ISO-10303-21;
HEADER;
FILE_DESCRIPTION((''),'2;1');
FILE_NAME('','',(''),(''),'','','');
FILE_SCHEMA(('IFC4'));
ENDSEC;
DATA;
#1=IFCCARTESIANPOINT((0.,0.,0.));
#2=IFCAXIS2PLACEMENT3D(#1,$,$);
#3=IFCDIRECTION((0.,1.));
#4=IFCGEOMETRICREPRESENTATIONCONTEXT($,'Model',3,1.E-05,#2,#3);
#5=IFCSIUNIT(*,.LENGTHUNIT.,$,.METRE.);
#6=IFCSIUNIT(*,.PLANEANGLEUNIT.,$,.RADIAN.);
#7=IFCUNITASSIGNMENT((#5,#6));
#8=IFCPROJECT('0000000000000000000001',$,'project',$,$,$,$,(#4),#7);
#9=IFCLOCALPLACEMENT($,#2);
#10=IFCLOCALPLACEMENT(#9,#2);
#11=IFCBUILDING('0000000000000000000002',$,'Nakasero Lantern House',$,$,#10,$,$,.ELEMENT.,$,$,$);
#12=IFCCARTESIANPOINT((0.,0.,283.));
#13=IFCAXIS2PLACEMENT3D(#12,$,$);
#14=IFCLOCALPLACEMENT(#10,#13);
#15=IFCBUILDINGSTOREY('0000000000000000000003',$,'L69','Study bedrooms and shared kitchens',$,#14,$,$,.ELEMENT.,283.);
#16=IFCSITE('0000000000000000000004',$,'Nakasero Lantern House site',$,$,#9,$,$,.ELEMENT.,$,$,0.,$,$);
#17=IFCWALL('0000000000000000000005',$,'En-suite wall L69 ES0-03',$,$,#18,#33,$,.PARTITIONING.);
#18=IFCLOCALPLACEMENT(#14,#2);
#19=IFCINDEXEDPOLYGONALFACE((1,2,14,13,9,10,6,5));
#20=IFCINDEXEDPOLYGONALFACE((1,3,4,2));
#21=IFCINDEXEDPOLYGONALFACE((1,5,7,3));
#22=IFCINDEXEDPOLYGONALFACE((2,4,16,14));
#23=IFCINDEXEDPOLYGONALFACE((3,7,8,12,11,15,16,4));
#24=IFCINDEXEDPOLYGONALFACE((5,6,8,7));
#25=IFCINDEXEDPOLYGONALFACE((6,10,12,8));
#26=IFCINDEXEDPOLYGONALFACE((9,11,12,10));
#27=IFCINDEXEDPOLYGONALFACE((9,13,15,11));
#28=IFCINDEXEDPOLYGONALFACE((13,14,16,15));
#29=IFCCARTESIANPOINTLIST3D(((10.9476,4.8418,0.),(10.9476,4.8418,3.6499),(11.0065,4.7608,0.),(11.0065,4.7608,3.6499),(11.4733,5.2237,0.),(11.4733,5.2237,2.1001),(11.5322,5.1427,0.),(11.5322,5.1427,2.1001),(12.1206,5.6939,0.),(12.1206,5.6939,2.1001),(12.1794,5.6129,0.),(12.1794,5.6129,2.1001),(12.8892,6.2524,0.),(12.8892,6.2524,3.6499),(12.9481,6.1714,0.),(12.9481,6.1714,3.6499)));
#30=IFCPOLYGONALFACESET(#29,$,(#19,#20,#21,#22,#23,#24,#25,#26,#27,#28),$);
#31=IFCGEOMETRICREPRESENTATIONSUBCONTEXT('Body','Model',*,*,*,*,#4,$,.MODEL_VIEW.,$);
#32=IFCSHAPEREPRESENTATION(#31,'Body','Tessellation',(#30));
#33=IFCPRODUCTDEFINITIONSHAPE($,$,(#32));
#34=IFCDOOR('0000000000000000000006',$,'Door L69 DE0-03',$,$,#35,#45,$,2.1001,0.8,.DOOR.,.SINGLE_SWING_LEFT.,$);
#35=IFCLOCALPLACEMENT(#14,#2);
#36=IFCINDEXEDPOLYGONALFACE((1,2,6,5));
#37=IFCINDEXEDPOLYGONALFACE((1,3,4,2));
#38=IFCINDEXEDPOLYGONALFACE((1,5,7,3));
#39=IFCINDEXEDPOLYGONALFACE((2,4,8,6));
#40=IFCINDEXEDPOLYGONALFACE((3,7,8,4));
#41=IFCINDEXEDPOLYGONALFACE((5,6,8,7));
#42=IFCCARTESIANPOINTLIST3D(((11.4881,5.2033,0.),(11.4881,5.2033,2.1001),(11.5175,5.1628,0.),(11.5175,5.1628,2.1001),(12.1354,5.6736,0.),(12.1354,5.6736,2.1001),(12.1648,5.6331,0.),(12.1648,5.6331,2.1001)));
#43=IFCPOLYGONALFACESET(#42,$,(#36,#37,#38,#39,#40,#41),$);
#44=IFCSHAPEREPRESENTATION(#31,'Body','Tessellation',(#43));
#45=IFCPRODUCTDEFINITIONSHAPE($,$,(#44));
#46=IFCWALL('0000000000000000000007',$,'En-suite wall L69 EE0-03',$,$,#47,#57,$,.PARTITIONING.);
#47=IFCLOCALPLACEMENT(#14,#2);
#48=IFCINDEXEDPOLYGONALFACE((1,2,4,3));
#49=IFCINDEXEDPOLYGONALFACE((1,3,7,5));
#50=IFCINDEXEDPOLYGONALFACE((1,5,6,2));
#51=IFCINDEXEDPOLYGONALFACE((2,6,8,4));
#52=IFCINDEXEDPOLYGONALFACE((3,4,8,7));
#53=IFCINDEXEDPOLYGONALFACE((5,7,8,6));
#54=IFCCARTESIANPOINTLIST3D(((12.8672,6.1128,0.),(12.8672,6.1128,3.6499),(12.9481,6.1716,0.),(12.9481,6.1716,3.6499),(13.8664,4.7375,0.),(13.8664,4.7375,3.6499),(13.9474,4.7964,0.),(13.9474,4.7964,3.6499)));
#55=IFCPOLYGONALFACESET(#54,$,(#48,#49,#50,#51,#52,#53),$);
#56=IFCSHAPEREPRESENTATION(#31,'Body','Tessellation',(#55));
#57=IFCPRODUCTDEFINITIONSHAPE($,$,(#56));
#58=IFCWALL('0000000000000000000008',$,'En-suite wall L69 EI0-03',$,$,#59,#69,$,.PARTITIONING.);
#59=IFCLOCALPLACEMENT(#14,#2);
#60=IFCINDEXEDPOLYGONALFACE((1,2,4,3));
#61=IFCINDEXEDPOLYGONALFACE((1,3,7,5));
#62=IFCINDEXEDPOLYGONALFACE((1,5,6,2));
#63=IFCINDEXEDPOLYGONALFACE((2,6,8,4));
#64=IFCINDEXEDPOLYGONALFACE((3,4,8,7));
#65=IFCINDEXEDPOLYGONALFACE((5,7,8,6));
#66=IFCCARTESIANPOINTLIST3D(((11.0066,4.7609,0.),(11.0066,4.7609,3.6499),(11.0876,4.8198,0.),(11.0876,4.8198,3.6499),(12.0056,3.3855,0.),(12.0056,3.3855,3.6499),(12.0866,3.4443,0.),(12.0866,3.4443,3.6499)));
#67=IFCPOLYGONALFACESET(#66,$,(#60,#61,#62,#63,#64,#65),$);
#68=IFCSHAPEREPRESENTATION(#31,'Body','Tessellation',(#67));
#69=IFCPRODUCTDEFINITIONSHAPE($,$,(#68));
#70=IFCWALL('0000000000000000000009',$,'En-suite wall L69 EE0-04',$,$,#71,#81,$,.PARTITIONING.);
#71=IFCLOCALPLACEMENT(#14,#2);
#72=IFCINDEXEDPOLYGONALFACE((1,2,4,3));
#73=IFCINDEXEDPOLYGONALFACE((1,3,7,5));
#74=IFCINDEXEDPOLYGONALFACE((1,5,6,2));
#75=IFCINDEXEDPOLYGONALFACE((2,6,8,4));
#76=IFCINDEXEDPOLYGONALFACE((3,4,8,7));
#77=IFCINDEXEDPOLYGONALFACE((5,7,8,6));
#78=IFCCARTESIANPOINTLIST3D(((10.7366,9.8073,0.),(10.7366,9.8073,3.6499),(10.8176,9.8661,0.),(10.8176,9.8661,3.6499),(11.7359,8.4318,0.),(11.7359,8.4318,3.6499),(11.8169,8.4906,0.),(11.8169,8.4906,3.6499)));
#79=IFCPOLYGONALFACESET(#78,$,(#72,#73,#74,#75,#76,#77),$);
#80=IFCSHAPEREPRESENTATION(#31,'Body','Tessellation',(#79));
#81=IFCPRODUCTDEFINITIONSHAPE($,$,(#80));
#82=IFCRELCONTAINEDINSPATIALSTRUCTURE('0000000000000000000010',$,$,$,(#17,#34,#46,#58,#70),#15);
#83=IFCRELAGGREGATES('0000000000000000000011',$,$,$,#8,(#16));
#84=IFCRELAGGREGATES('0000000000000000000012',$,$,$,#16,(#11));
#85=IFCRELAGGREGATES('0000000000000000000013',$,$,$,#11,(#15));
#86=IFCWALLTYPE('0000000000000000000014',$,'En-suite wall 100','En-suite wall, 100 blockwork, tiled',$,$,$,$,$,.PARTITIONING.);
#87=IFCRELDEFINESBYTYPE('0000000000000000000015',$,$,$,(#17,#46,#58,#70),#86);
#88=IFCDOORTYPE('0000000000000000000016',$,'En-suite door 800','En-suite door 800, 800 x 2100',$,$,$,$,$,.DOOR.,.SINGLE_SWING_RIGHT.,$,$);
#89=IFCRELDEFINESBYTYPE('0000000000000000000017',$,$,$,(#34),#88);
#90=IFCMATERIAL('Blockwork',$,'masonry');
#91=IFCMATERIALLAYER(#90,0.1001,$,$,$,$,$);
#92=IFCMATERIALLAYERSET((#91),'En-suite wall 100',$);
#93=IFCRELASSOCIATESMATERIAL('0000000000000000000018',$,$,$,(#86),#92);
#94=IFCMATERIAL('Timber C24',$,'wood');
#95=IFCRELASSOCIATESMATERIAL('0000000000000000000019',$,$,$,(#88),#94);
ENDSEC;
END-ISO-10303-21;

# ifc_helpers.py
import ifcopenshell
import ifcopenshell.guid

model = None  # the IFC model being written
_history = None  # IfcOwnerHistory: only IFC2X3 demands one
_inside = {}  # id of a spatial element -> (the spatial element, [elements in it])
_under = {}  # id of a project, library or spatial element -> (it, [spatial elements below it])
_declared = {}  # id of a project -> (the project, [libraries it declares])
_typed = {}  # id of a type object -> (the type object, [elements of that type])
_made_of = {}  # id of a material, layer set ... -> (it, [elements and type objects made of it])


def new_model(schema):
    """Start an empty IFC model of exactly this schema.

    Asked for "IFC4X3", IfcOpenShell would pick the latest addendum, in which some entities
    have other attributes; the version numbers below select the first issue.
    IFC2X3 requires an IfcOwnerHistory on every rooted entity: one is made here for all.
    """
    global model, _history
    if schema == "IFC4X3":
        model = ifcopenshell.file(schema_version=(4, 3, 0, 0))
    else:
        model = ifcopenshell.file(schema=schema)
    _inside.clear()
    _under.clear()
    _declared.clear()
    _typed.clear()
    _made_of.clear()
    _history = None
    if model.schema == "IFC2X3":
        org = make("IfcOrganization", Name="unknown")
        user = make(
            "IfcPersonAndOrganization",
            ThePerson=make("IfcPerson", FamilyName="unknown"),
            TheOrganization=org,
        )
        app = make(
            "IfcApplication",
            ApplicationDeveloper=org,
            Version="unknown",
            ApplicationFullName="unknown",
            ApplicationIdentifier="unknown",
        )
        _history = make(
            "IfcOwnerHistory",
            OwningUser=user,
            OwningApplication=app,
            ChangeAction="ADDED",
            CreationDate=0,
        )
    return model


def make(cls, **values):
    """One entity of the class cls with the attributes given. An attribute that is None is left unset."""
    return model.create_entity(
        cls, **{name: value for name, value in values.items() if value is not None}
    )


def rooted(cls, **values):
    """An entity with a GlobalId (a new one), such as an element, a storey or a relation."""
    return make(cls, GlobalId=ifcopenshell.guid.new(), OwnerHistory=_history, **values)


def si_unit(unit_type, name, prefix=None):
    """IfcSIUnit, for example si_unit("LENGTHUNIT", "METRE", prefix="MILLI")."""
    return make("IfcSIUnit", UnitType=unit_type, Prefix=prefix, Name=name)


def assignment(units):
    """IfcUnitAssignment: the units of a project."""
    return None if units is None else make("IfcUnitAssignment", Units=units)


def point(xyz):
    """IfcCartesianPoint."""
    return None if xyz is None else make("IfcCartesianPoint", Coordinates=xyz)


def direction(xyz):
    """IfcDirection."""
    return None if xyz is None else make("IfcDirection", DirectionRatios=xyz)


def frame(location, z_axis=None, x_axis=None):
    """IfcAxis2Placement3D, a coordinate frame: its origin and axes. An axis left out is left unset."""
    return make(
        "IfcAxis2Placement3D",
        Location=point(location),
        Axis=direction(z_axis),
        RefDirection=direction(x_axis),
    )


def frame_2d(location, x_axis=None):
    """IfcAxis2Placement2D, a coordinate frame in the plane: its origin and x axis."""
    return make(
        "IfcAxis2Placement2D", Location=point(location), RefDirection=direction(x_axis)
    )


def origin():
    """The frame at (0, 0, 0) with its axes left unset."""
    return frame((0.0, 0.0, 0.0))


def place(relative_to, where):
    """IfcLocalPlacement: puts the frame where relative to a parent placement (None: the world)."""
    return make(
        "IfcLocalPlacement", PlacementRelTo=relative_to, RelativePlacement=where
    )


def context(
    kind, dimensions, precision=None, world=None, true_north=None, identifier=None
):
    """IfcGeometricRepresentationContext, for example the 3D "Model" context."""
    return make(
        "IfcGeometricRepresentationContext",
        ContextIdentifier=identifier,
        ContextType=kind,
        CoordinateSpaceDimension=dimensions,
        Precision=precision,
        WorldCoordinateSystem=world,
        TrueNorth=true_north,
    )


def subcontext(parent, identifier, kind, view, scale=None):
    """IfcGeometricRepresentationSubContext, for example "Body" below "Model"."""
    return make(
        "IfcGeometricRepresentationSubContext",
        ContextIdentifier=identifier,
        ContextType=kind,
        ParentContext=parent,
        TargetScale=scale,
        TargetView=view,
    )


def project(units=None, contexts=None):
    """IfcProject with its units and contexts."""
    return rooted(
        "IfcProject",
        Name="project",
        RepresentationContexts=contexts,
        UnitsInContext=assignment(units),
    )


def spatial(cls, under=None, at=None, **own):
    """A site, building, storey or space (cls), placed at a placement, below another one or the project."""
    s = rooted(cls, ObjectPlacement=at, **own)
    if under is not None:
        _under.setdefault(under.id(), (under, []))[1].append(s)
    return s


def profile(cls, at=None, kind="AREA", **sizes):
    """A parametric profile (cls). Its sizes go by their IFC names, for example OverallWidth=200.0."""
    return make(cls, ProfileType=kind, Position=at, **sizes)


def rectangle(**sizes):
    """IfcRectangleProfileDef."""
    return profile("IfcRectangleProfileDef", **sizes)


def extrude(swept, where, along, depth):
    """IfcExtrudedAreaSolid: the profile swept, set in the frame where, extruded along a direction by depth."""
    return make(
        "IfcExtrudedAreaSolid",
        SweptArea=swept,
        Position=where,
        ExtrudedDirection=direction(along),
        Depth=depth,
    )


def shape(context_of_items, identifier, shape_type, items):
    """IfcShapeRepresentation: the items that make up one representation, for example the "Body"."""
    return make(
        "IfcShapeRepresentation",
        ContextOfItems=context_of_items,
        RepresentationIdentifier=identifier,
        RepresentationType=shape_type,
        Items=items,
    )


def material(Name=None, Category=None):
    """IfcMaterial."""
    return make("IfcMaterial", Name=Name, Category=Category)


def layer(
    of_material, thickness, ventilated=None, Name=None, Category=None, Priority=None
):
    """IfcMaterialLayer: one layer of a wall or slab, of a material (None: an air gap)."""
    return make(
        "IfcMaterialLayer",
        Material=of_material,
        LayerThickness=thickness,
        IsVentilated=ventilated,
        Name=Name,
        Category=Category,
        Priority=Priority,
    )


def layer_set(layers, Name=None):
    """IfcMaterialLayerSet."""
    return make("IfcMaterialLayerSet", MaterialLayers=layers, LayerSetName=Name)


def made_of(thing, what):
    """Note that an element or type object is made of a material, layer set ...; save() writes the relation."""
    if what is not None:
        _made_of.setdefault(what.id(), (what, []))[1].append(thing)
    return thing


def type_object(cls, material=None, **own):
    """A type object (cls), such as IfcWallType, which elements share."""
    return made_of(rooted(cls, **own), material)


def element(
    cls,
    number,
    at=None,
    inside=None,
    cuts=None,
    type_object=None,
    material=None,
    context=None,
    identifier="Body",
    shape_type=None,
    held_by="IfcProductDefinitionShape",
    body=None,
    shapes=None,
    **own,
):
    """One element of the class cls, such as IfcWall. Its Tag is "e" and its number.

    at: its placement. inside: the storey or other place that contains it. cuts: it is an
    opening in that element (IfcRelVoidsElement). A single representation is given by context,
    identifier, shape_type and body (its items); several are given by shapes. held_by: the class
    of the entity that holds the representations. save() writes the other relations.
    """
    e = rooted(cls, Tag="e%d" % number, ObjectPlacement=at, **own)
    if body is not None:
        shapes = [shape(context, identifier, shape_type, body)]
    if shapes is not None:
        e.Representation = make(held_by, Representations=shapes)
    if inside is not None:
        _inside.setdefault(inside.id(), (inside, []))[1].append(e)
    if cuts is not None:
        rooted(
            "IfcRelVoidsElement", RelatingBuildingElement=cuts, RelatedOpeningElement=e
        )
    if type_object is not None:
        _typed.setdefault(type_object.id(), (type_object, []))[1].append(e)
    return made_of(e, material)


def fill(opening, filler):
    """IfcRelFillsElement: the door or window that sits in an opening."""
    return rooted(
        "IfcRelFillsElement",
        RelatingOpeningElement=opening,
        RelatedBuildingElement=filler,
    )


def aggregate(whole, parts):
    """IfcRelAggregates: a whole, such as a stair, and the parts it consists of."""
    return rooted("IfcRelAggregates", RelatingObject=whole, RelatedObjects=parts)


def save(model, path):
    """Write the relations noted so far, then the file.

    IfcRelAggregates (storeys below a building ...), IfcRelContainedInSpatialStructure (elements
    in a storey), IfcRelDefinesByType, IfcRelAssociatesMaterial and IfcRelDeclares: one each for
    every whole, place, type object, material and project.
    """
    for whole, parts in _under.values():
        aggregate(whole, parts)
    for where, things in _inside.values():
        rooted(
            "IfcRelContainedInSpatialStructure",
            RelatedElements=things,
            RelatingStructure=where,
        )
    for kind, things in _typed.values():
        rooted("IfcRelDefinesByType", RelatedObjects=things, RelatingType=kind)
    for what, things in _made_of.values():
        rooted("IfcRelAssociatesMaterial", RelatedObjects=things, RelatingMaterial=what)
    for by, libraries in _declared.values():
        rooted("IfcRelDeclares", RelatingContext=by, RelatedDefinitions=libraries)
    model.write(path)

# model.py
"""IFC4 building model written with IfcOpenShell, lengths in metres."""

from ifc_helpers import new_model, si_unit, direction, frame, frame_2d, origin, place, context, subcontext, project, spatial, rectangle, extrude, material, layer, layer_set, type_object, element, fill, save


model = new_model("IFC4")

# Units and contexts
model_context = context("Model", 3, precision=1e-05, world=origin(), true_north=direction((0.0, 1.0)))
body_context = subcontext(model_context, "Body", "Model", "MODEL_VIEW")
ifc_project = project(units=[si_unit("LENGTHUNIT", "METRE"), si_unit("PLANEANGLEUNIT", "RADIAN")], contexts=[model_context])

# Site, building, storey
site_placement = place(None, origin())
site = spatial("IfcSite", under=ifc_project, at=site_placement, Name="Nakasero Lantern House site", CompositionType="ELEMENT", RefElevation=0.0)
building_placement = place(site_placement, origin())
building = spatial("IfcBuilding", under=site, at=building_placement, Name="Nakasero Lantern House", CompositionType="ELEMENT")
storey_placement = place(building_placement, frame((0.0, 0.0, 283.0)))
storey = spatial("IfcBuildingStorey", under=building, at=storey_placement, Name="L69", Description="Study bedrooms and shared kitchens", CompositionType="ELEMENT", Elevation=283.0)

# Wall, opening, door
ifc_material_1 = material(Name="Blockwork", Category="masonry")
ifc_layer_1 = layer(ifc_material_1, 0.1001)
ifc_layer_set_1 = layer_set([ifc_layer_1], Name="En-suite wall 100")
wall_type_1 = type_object("IfcWallType", Name="En-suite wall 100", Description="En-suite wall, 100 blockwork, tiled", PredefinedType="PARTITIONING", material=ifc_layer_set_1)
wall_1_placement = place(storey_placement, frame((10.9771, 4.8013, 0.0), z_axis=(0.0, 0.0, 1.0), x_axis=(0.809026, 0.587772, 0.0)))
wall_1 = element("IfcWall", 1, at=wall_1_placement, inside=storey, type_object=wall_type_1, Name="En-suite wall L69 ES0-03", PredefinedType="PARTITIONING", context=body_context, shape_type="SweptSolid", body=[
    extrude(rectangle(XDim=2.3999, YDim=0.1001, at=frame_2d((1.2, 0.0))), origin(), (0.0, 0.0, 1.0), 3.6499),
])
opening_1_placement = place(wall_1_placement, frame((0.6499, 0.0, 0.0)))
opening_1 = element("IfcOpeningElement", 2, at=opening_1_placement, cuts=wall_1, PredefinedType="OPENING", context=body_context, shape_type="SweptSolid", body=[
    extrude(rectangle(XDim=0.8, YDim=2.1001, at=frame_2d((0.3999, 1.05))), frame((0.0, 0.0701, 0.0), z_axis=(0.0, -1.0, 0.0), x_axis=(1.0, 0.0, 0.0)), (0.0, 0.0, 1.0), 0.1401),
])
ifc_material_2 = material(Name="Timber C24", Category="wood")
door_type_1 = type_object("IfcDoorType", Name="En-suite door 800", Description="En-suite door 800, 800 x 2100", OperationType="SINGLE_SWING_RIGHT", PredefinedType="DOOR", material=ifc_material_2)
door_1_placement = place(opening_1_placement, origin())
door_1 = element("IfcDoor", 3, at=door_1_placement, inside=storey, type_object=door_type_1, Name="Door L69 DE0-03", OperationType="SINGLE_SWING_LEFT", OverallHeight=2.1001, OverallWidth=0.8, PredefinedType="DOOR", context=body_context, shape_type="SweptSolid", body=[
    extrude(rectangle(XDim=0.8, YDim=2.1001, at=frame_2d((0.3999, 1.05))), frame((0.0, 0.0249, 0.0), z_axis=(0.0, -1.0, 0.0), x_axis=(1.0, 0.0, 0.0)), (0.0, 0.0, 1.0), 0.05),
])
fill(opening_1, door_1)

# Walls
for number, where, z_axis, x_axis, name in (
    (4, (13.907, 4.7668, 0.0), (0.0, 0.0, 1.0), (-0.587822, 0.808991, 0.0), "En-suite wall L69 EE0-03"),
    (5, (12.0461, 3.4148, 0.0), (0.0, 0.0, 1.0), (-0.587659, 0.809109, 0.0), "En-suite wall L69 EI0-03"),
):
    element("IfcWall", number, at=place(storey_placement, frame(where, z_axis=z_axis, x_axis=x_axis)), inside=storey, type_object=wall_type_1, Name=name, PredefinedType="PARTITIONING", context=body_context, shape_type="SweptSolid", body=[
        extrude(rectangle(XDim=1.7, YDim=0.1001, at=frame_2d((0.8501, 0.0))), origin(), (0.0, 0.0, 1.0), 3.6499),
    ])
wall_2_placement = place(storey_placement, frame((11.7764, 8.4612, 0.0), z_axis=(0.0, 0.0, 1.0), x_axis=(-0.587753, 0.80904, 0.0)))
element("IfcWall", 6, at=wall_2_placement, inside=storey, type_object=wall_type_1, Name="En-suite wall L69 EE0-04", PredefinedType="PARTITIONING", context=body_context, shape_type="SweptSolid", body=[
    extrude(rectangle(XDim=1.7002, YDim=0.1001, at=frame_2d((0.8501, 0.0))), origin(), (0.0, 0.0, 1.0), 3.6499),
])

save(model, "model.ifc")
